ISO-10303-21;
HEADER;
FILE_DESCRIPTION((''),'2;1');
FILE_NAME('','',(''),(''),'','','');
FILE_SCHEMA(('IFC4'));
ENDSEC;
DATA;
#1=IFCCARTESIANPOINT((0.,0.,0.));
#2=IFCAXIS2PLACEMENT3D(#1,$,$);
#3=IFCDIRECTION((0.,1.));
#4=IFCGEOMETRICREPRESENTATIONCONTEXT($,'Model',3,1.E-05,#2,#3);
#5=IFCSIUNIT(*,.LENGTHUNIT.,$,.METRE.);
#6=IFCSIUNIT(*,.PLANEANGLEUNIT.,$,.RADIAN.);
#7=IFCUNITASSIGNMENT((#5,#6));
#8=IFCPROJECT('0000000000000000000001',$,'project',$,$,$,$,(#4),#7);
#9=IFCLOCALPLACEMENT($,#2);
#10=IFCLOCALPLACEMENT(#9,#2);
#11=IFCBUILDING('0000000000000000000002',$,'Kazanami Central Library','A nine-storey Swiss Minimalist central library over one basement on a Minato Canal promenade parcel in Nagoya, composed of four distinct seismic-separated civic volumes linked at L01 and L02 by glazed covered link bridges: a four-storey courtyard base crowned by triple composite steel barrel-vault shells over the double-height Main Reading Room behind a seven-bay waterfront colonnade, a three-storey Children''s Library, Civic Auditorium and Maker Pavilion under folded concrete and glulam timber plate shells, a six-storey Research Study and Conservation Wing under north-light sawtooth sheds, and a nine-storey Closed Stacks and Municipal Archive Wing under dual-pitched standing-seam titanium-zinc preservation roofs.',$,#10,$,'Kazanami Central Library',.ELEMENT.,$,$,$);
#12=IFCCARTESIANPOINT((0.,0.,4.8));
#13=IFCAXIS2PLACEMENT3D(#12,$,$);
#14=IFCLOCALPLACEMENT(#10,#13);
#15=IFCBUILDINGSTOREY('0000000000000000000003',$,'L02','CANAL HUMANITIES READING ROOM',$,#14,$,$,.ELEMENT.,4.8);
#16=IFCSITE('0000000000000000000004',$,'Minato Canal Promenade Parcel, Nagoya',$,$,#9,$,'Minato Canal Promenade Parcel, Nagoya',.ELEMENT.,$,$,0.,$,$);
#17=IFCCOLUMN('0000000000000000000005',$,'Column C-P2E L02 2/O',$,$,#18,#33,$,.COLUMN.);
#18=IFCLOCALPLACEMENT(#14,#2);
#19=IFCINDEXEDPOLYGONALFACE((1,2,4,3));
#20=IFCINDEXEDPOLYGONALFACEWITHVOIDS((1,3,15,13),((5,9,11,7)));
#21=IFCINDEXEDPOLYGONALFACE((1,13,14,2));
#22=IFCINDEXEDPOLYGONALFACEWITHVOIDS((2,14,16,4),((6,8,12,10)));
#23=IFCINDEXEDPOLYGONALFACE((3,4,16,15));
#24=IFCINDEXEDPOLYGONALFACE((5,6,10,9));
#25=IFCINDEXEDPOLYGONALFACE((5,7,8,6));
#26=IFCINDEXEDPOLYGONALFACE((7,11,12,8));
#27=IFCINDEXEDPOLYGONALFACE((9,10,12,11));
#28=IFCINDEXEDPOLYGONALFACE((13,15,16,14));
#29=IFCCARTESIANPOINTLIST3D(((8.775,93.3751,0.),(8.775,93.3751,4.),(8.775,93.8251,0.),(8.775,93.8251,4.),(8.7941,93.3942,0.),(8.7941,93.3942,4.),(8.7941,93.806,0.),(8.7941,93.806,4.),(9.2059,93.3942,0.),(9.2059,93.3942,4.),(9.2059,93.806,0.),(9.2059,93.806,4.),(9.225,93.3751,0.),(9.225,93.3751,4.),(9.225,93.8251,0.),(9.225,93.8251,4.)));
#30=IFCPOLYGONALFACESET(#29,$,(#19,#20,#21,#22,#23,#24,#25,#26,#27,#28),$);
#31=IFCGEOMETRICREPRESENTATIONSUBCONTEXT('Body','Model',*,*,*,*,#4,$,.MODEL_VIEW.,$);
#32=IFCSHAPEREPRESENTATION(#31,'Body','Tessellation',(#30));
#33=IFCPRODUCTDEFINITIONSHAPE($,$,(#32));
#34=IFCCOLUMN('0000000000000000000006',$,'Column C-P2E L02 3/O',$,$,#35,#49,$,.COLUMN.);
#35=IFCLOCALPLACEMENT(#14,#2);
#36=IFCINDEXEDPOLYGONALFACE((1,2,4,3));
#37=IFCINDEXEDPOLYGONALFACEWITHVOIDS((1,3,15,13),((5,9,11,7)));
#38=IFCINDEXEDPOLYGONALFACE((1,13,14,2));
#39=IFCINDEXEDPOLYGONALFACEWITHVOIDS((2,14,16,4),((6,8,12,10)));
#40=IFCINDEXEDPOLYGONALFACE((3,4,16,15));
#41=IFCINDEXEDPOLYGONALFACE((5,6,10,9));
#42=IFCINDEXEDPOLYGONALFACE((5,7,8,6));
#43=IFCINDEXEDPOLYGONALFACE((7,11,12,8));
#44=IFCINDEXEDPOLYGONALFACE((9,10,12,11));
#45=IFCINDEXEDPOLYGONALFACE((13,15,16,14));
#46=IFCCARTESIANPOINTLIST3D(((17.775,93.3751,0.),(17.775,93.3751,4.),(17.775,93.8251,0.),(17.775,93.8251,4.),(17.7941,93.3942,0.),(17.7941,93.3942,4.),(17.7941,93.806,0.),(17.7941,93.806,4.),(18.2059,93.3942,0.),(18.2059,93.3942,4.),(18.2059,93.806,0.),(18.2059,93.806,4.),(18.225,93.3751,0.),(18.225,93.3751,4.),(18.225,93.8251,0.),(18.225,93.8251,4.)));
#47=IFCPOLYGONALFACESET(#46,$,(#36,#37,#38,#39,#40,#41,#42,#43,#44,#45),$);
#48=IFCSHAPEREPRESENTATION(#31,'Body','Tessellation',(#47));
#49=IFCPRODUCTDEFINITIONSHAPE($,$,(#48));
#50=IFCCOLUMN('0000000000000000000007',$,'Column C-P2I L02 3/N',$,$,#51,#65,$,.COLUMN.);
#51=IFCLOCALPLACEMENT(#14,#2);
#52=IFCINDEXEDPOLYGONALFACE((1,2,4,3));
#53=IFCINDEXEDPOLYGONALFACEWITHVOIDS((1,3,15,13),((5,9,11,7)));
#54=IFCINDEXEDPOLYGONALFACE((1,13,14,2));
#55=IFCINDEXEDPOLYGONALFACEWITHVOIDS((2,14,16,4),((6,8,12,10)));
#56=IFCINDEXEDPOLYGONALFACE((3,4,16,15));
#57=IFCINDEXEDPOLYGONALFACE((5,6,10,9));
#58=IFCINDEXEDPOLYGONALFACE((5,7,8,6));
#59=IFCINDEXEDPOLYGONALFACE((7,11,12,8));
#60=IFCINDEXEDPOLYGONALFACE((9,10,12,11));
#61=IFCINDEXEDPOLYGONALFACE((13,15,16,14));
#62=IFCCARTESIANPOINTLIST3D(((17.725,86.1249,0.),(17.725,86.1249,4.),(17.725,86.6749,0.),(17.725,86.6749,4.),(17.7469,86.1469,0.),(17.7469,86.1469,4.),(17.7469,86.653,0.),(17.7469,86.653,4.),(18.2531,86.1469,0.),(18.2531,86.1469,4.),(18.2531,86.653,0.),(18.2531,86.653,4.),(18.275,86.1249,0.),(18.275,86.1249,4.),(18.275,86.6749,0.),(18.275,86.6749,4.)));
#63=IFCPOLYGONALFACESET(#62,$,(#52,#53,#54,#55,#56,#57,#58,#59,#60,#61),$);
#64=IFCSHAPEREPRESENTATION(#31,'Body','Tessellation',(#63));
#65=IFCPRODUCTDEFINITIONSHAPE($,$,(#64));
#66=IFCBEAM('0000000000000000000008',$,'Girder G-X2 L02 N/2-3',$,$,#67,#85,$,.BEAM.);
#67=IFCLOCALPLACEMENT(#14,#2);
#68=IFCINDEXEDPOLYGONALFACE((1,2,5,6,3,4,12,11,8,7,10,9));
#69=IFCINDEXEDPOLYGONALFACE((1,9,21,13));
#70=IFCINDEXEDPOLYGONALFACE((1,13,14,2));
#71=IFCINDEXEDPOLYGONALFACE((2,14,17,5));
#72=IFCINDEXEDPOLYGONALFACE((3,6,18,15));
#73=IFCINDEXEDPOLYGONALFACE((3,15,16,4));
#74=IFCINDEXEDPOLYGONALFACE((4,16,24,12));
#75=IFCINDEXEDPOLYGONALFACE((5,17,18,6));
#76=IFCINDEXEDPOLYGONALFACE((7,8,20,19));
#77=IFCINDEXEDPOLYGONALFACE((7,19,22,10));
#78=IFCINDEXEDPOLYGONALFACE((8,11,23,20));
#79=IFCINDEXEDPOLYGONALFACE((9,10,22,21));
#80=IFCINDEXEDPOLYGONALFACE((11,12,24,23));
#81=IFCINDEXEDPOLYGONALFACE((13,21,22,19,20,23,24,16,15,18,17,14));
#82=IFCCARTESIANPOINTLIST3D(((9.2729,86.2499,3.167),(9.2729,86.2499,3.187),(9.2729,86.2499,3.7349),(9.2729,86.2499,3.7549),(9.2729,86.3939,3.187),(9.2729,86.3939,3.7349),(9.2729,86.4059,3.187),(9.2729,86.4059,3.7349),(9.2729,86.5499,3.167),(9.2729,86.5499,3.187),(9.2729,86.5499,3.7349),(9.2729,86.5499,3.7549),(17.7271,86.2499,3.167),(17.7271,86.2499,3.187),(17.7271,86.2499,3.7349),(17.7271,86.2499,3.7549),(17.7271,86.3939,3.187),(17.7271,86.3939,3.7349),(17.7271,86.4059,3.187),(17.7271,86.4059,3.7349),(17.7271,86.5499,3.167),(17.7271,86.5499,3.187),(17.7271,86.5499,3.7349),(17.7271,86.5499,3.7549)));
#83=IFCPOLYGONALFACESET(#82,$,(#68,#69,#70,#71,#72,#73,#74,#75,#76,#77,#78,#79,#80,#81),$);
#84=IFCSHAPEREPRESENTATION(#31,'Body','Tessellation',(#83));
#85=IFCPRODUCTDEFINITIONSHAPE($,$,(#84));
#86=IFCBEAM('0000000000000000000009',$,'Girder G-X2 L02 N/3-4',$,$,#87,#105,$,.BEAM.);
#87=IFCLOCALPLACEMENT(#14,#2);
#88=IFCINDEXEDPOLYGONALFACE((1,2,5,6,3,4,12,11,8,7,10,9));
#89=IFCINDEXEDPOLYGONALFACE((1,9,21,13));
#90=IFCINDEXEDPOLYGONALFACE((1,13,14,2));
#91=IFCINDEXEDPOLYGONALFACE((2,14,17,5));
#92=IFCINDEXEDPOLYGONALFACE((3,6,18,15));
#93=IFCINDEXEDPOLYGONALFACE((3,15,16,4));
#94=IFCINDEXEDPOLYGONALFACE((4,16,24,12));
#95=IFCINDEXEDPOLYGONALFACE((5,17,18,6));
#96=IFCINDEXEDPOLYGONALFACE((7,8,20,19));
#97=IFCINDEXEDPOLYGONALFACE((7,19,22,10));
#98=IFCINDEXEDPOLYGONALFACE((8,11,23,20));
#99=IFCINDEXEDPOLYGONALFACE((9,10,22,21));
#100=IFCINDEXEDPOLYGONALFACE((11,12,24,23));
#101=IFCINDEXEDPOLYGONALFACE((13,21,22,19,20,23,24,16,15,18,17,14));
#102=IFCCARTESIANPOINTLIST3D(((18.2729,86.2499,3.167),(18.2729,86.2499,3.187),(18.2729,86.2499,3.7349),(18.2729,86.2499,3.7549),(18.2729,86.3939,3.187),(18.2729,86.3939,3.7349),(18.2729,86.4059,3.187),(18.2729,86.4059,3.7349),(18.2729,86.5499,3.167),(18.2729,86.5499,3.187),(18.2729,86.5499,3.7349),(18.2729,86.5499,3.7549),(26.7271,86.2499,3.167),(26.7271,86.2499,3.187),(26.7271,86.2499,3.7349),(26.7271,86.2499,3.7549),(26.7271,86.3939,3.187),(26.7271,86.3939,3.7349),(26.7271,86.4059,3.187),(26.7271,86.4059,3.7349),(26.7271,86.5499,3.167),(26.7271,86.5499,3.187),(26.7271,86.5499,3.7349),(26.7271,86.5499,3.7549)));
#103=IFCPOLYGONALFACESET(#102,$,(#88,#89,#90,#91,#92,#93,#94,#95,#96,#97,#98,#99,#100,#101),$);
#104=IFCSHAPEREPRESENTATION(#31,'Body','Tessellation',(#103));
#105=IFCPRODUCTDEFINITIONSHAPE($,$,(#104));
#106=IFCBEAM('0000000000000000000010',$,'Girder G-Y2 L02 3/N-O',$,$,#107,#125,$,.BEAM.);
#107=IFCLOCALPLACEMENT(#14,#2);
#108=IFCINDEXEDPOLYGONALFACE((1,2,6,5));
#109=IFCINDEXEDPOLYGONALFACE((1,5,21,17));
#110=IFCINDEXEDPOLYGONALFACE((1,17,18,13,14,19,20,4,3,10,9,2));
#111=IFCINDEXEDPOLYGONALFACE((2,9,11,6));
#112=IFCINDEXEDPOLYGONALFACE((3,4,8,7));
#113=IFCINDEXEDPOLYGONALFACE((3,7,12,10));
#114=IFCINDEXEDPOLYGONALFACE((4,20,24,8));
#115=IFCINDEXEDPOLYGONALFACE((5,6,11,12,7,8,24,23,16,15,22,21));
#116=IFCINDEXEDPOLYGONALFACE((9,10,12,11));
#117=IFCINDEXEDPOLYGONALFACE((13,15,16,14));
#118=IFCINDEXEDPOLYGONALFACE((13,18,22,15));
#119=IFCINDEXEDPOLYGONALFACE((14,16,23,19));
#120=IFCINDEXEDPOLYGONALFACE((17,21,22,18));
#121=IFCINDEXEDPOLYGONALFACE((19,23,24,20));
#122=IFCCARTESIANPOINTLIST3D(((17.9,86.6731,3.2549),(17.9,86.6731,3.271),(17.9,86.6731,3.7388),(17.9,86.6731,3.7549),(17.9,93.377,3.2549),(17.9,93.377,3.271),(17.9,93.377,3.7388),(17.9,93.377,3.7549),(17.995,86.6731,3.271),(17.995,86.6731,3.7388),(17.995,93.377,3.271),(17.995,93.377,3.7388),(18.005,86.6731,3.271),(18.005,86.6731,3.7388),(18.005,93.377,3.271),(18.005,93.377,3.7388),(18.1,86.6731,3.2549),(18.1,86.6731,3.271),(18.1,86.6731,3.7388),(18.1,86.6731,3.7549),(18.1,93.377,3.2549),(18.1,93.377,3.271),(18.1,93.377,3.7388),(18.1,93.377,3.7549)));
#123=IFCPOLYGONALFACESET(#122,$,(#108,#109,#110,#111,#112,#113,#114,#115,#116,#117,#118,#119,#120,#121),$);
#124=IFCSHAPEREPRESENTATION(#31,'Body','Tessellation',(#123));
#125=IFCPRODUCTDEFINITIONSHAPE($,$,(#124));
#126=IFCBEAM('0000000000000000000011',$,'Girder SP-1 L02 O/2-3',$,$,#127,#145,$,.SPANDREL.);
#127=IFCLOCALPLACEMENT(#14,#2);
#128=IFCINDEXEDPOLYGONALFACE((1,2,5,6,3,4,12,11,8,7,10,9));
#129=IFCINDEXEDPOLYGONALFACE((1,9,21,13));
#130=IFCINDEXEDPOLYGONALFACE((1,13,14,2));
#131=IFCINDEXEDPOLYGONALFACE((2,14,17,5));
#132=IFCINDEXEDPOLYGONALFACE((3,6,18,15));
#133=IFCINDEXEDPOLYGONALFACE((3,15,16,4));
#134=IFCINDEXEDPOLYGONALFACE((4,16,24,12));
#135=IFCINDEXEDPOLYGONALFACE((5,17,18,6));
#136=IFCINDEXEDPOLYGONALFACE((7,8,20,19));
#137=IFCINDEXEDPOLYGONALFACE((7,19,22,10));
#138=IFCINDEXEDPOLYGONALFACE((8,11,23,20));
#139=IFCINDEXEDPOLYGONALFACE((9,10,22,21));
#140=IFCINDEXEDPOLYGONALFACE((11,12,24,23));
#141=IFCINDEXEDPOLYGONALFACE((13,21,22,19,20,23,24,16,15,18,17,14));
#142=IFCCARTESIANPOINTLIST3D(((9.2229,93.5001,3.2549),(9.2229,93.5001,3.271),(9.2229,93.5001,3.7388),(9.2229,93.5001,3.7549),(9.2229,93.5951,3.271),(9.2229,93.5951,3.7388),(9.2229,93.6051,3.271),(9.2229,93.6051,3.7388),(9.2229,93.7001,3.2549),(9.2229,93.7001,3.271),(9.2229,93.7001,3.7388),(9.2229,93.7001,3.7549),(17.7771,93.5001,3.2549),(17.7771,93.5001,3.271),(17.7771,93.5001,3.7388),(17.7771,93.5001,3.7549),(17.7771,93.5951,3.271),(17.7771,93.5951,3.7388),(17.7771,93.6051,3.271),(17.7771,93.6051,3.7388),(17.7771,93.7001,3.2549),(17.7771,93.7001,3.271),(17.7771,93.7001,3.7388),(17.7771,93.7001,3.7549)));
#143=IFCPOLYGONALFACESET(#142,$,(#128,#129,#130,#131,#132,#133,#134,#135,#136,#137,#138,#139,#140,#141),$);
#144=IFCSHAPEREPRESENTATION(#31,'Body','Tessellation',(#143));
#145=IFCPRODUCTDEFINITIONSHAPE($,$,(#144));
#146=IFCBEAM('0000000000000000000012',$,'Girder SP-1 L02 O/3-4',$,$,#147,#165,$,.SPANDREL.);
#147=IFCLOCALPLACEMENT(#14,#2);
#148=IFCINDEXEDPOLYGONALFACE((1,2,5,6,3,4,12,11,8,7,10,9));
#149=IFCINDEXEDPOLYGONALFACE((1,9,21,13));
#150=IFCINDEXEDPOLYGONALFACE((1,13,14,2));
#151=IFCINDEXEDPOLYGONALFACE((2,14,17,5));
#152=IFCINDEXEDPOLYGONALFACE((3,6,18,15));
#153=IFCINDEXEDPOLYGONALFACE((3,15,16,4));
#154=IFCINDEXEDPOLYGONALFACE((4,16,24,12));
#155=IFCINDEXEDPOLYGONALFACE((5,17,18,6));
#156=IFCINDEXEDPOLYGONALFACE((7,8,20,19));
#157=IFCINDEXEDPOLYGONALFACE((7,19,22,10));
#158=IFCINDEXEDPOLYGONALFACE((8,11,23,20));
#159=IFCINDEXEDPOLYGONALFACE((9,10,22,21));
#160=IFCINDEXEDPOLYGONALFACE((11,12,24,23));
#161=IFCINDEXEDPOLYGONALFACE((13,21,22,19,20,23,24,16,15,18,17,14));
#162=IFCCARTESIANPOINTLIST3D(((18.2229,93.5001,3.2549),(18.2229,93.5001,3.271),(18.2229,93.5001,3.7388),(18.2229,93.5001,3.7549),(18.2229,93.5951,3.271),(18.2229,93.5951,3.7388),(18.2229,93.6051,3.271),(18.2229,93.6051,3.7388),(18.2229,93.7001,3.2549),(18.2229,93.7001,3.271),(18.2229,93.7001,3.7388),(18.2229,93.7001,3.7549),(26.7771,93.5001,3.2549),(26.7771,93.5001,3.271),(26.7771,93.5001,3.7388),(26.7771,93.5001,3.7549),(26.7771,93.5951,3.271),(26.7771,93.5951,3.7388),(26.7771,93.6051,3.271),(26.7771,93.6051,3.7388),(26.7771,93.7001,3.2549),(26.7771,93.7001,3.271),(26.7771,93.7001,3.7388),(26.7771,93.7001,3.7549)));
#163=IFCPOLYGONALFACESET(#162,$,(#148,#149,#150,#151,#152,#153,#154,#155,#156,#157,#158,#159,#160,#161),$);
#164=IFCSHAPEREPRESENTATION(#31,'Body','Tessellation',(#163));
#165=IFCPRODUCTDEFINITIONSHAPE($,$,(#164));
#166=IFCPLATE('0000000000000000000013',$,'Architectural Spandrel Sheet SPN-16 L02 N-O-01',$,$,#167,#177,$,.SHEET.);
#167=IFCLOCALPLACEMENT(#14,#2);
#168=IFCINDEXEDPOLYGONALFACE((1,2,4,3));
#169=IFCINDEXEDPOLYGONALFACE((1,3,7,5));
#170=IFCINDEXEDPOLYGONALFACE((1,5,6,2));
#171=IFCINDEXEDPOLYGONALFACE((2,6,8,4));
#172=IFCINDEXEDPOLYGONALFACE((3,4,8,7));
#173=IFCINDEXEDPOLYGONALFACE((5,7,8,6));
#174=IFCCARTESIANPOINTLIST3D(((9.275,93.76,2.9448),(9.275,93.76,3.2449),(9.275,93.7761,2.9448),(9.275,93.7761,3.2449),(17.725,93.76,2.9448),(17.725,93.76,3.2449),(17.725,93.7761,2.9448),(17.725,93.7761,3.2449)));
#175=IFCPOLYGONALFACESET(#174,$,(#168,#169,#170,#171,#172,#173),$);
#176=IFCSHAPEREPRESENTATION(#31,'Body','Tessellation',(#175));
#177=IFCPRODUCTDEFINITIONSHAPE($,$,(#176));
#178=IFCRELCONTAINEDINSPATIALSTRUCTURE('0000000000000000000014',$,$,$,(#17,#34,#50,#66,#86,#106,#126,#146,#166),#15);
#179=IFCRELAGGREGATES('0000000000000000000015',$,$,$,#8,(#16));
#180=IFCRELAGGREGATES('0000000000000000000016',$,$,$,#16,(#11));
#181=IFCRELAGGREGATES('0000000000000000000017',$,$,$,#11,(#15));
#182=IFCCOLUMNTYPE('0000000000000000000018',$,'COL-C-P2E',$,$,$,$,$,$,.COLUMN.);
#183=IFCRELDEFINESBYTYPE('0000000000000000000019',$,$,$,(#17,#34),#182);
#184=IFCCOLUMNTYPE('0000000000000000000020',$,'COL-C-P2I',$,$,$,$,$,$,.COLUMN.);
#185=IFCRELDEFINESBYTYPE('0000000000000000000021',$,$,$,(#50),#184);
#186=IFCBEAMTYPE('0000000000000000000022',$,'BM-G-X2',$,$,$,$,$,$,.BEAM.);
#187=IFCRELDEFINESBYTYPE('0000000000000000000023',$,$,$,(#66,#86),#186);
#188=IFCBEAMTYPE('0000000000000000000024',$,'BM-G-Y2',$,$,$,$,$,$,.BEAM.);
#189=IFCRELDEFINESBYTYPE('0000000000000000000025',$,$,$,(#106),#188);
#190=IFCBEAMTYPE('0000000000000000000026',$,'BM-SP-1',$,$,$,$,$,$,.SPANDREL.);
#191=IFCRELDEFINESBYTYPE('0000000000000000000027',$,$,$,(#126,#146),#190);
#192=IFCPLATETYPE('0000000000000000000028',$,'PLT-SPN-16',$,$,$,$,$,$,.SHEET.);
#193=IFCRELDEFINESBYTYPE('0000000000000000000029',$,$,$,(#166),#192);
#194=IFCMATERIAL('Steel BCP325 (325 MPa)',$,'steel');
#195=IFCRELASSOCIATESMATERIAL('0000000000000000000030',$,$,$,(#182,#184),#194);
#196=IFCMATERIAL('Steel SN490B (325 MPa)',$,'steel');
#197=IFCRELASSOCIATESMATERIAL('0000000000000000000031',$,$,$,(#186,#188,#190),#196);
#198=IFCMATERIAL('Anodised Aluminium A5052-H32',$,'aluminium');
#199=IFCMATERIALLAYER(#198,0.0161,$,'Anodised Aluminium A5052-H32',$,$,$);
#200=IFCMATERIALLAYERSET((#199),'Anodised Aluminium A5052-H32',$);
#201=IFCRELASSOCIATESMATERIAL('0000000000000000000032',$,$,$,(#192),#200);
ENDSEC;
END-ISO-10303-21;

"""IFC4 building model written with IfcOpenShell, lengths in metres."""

from ifc_helpers import new_model, si_unit, direction, frame, origin, origin_2d, place, context, subcontext, project, spatial, rectangle, hollow_rectangle, i_section, extrude, material, layer, layer_set, material_profile, profile_set, type_object, element, save


model = new_model("IFC4")

# Units and contexts
model_context = context("Model", 3, precision=1e-05, world=origin(), true_north=direction((0.0, 1.0)))
body_context = subcontext(model_context, "Body", "Model", "MODEL_VIEW")
ifc_project = project(units=[si_unit("LENGTHUNIT", "METRE"), si_unit("PLANEANGLEUNIT", "RADIAN")], contexts=[model_context])

# Site, building, storey
site_placement = place(None, origin())
site = spatial("IfcSite", under=ifc_project, at=site_placement, Name="Minato Canal Promenade Parcel, Nagoya", LongName="Minato Canal Promenade Parcel, Nagoya", CompositionType="ELEMENT", RefElevation=0.0)
building_placement = place(site_placement, origin())
building = spatial("IfcBuilding", under=site, at=building_placement, Name="Kazanami Central Library", Description="A nine-storey Swiss Minimalist central library over one basement on a Minato Canal promenade parcel in Nagoya, composed of four distinct seismic-separated civic volumes linked at L01 and L02 by glazed covered link bridges: a four-storey courtyard base crowned by triple composite steel barrel-vault shells over the double-height Main Reading Room behind a seven-bay waterfront colonnade, a three-storey Children's Library, Civic Auditorium and Maker Pavilion under folded concrete and glulam timber plate shells, a six-storey Research Study and Conservation Wing under north-light sawtooth sheds, and a nine-storey Closed Stacks and Municipal Archive Wing under dual-pitched standing-seam titanium-zinc preservation roofs.", LongName="Kazanami Central Library", CompositionType="ELEMENT")
storey_placement = place(building_placement, frame((0.0, 0.0, 4.8)))
storey = spatial("IfcBuildingStorey", under=building, at=storey_placement, Name="L02", Description="CANAL HUMANITIES READING ROOM", CompositionType="ELEMENT", Elevation=4.8)

# Columns
ifc_material_1 = material(Name="Steel BCP325 (325 MPa)", Category="steel")
ifc_material_profile_1 = material_profile(ifc_material_1, hollow_rectangle(XDim=0.45, YDim=0.45, WallThickness=0.019, at=origin_2d()), Name="BCP-450x450x19")
ifc_profile_set_1 = profile_set([ifc_material_profile_1], Name="Steel BCP325 (325 MPa)")
column_type_1 = type_object("IfcColumnType", Name="COL-C-P2E", PredefinedType="COLUMN", material=ifc_profile_set_1)
for number, where, z_axis, x_axis, name in (
    (1, (9.0, 93.6001, 0.0), (0.0, 0.0, 1.0), (1.0, 0.0, 0.0), "Column C-P2E L02 2/O"),
    (2, (18.0, 93.6001, 0.0), (0.0, 0.0, 1.0), (1.0, 0.0, 0.0), "Column C-P2E L02 3/O"),
):
    element("IfcColumn", number, at=place(storey_placement, frame(where, z_axis=z_axis, x_axis=x_axis)), inside=storey, type_object=column_type_1, Name=name, PredefinedType="COLUMN", context=body_context, shape_type="SweptSolid", body=[
        extrude(hollow_rectangle(XDim=0.45, YDim=0.45, WallThickness=0.019, at=origin_2d()), origin(), (0.0, 0.0, 1.0), 4.0),
    ])
ifc_material_profile_2 = material_profile(ifc_material_1, hollow_rectangle(XDim=0.55, YDim=0.55, WallThickness=0.022, at=origin_2d()), Name="BCP-550x550x22")
ifc_profile_set_2 = profile_set([ifc_material_profile_2], Name="Steel BCP325 (325 MPa)")
column_type_2 = type_object("IfcColumnType", Name="COL-C-P2I", PredefinedType="COLUMN", material=ifc_profile_set_2)
column_placement = place(storey_placement, frame((18.0, 86.3999, 0.0), z_axis=(0.0, 0.0, 1.0), x_axis=(1.0, 0.0, 0.0)))
element("IfcColumn", 3, at=column_placement, inside=storey, type_object=column_type_2, Name="Column C-P2I L02 3/N", PredefinedType="COLUMN", context=body_context, shape_type="SweptSolid", body=[
    extrude(hollow_rectangle(XDim=0.55, YDim=0.55, WallThickness=0.022, at=origin_2d()), origin(), (0.0, 0.0, 1.0), 4.0),
])

# Beams
ifc_material_2 = material(Name="Steel SN490B (325 MPa)", Category="steel")
ifc_material_profile_3 = material_profile(ifc_material_2, i_section(OverallWidth=0.3, OverallDepth=0.5879, WebThickness=0.012, FlangeThickness=0.02, at=origin_2d()), Name="H-588x300x12x20")
ifc_profile_set_3 = profile_set([ifc_material_profile_3], Name="Steel SN490B (325 MPa)")
beam_type_1 = type_object("IfcBeamType", Name="BM-G-X2", PredefinedType="BEAM", material=ifc_profile_set_3)
for number, where, z_axis, x_axis, name in (
    (4, (9.2729, 86.3999, 3.4609), (1.0, 0.0, 0.0), (0.0, 1.0, 0.0), "Girder G-X2 L02 N/2-3"),
    (5, (18.2729, 86.3999, 3.4609), (1.0, 0.0, 0.0), (0.0, 1.0, 0.0), "Girder G-X2 L02 N/3-4"),
):
    element("IfcBeam", number, at=place(storey_placement, frame(where, z_axis=z_axis, x_axis=x_axis)), inside=storey, type_object=beam_type_1, Name=name, PredefinedType="BEAM", context=body_context, shape_type="SweptSolid", body=[
        extrude(i_section(OverallWidth=0.3, OverallDepth=0.5879, WebThickness=0.012, FlangeThickness=0.02, at=origin_2d()), origin(), (0.0, 0.0, 1.0), 8.4541),
    ])
ifc_material_profile_4 = material_profile(ifc_material_2, i_section(OverallWidth=0.2, OverallDepth=0.5, WebThickness=0.01, FlangeThickness=0.0161, at=origin_2d()), Name="H-500x200x10x16")
ifc_profile_set_4 = profile_set([ifc_material_profile_4], Name="Steel SN490B (325 MPa)")
beam_type_2 = type_object("IfcBeamType", Name="BM-G-Y2", PredefinedType="BEAM", material=ifc_profile_set_4)
beam_placement = place(storey_placement, frame((18.0, 86.6731, 3.5049), z_axis=(0.0, 1.0, 0.0), x_axis=(-1.0, 0.0, 0.0)))
element("IfcBeam", 6, at=beam_placement, inside=storey, type_object=beam_type_2, Name="Girder G-Y2 L02 3/N-O", PredefinedType="BEAM", context=body_context, shape_type="SweptSolid", body=[
    extrude(i_section(OverallWidth=0.2, OverallDepth=0.5, WebThickness=0.01, FlangeThickness=0.0161, at=origin_2d()), origin(), (0.0, 0.0, 1.0), 6.7039),
])
ifc_material_profile_5 = material_profile(ifc_material_2, i_section(OverallWidth=0.2, OverallDepth=0.5, WebThickness=0.01, FlangeThickness=0.0161, at=origin_2d()), Name="H-500x200x10x16")
ifc_profile_set_5 = profile_set([ifc_material_profile_5], Name="Steel SN490B (325 MPa)")
beam_type_3 = type_object("IfcBeamType", Name="BM-SP-1", PredefinedType="SPANDREL", material=ifc_profile_set_5)
for number, where, z_axis, x_axis, name in (
    (7, (9.2229, 93.6001, 3.5049), (1.0, 0.0, 0.0), (0.0, 1.0, 0.0), "Girder SP-1 L02 O/2-3"),
    (8, (18.2229, 93.6001, 3.5049), (1.0, 0.0, 0.0), (0.0, 1.0, 0.0), "Girder SP-1 L02 O/3-4"),
):
    element("IfcBeam", number, at=place(storey_placement, frame(where, z_axis=z_axis, x_axis=x_axis)), inside=storey, type_object=beam_type_3, Name=name, PredefinedType="SPANDREL", context=body_context, shape_type="SweptSolid", body=[
        extrude(i_section(OverallWidth=0.2, OverallDepth=0.5, WebThickness=0.01, FlangeThickness=0.0161, at=origin_2d()), origin(), (0.0, 0.0, 1.0), 8.5542),
    ])

# Plate
ifc_material_3 = material(Name="Anodised Aluminium A5052-H32", Category="aluminium")
ifc_layer_1 = layer(ifc_material_3, 0.0161, Name="Anodised Aluminium A5052-H32")
ifc_layer_set_1 = layer_set([ifc_layer_1], Name="Anodised Aluminium A5052-H32")
plate_type = type_object("IfcPlateType", Name="PLT-SPN-16", PredefinedType="SHEET", material=ifc_layer_set_1)
plate_placement = place(storey_placement, frame((13.5, 93.7681, 2.9448), z_axis=(0.0, 0.0, 1.0), x_axis=(-1.0, 0.0, 0.0)))
element("IfcPlate", 9, at=plate_placement, inside=storey, type_object=plate_type, Name="Architectural Spandrel Sheet SPN-16 L02 N-O-01", PredefinedType="SHEET", context=body_context, shape_type="SweptSolid", body=[
    extrude(rectangle(XDim=8.45, YDim=0.0161, at=origin_2d()), origin(), (0.0, 0.0, 1.0), 0.3),
])

save(model, "model.ifc")
